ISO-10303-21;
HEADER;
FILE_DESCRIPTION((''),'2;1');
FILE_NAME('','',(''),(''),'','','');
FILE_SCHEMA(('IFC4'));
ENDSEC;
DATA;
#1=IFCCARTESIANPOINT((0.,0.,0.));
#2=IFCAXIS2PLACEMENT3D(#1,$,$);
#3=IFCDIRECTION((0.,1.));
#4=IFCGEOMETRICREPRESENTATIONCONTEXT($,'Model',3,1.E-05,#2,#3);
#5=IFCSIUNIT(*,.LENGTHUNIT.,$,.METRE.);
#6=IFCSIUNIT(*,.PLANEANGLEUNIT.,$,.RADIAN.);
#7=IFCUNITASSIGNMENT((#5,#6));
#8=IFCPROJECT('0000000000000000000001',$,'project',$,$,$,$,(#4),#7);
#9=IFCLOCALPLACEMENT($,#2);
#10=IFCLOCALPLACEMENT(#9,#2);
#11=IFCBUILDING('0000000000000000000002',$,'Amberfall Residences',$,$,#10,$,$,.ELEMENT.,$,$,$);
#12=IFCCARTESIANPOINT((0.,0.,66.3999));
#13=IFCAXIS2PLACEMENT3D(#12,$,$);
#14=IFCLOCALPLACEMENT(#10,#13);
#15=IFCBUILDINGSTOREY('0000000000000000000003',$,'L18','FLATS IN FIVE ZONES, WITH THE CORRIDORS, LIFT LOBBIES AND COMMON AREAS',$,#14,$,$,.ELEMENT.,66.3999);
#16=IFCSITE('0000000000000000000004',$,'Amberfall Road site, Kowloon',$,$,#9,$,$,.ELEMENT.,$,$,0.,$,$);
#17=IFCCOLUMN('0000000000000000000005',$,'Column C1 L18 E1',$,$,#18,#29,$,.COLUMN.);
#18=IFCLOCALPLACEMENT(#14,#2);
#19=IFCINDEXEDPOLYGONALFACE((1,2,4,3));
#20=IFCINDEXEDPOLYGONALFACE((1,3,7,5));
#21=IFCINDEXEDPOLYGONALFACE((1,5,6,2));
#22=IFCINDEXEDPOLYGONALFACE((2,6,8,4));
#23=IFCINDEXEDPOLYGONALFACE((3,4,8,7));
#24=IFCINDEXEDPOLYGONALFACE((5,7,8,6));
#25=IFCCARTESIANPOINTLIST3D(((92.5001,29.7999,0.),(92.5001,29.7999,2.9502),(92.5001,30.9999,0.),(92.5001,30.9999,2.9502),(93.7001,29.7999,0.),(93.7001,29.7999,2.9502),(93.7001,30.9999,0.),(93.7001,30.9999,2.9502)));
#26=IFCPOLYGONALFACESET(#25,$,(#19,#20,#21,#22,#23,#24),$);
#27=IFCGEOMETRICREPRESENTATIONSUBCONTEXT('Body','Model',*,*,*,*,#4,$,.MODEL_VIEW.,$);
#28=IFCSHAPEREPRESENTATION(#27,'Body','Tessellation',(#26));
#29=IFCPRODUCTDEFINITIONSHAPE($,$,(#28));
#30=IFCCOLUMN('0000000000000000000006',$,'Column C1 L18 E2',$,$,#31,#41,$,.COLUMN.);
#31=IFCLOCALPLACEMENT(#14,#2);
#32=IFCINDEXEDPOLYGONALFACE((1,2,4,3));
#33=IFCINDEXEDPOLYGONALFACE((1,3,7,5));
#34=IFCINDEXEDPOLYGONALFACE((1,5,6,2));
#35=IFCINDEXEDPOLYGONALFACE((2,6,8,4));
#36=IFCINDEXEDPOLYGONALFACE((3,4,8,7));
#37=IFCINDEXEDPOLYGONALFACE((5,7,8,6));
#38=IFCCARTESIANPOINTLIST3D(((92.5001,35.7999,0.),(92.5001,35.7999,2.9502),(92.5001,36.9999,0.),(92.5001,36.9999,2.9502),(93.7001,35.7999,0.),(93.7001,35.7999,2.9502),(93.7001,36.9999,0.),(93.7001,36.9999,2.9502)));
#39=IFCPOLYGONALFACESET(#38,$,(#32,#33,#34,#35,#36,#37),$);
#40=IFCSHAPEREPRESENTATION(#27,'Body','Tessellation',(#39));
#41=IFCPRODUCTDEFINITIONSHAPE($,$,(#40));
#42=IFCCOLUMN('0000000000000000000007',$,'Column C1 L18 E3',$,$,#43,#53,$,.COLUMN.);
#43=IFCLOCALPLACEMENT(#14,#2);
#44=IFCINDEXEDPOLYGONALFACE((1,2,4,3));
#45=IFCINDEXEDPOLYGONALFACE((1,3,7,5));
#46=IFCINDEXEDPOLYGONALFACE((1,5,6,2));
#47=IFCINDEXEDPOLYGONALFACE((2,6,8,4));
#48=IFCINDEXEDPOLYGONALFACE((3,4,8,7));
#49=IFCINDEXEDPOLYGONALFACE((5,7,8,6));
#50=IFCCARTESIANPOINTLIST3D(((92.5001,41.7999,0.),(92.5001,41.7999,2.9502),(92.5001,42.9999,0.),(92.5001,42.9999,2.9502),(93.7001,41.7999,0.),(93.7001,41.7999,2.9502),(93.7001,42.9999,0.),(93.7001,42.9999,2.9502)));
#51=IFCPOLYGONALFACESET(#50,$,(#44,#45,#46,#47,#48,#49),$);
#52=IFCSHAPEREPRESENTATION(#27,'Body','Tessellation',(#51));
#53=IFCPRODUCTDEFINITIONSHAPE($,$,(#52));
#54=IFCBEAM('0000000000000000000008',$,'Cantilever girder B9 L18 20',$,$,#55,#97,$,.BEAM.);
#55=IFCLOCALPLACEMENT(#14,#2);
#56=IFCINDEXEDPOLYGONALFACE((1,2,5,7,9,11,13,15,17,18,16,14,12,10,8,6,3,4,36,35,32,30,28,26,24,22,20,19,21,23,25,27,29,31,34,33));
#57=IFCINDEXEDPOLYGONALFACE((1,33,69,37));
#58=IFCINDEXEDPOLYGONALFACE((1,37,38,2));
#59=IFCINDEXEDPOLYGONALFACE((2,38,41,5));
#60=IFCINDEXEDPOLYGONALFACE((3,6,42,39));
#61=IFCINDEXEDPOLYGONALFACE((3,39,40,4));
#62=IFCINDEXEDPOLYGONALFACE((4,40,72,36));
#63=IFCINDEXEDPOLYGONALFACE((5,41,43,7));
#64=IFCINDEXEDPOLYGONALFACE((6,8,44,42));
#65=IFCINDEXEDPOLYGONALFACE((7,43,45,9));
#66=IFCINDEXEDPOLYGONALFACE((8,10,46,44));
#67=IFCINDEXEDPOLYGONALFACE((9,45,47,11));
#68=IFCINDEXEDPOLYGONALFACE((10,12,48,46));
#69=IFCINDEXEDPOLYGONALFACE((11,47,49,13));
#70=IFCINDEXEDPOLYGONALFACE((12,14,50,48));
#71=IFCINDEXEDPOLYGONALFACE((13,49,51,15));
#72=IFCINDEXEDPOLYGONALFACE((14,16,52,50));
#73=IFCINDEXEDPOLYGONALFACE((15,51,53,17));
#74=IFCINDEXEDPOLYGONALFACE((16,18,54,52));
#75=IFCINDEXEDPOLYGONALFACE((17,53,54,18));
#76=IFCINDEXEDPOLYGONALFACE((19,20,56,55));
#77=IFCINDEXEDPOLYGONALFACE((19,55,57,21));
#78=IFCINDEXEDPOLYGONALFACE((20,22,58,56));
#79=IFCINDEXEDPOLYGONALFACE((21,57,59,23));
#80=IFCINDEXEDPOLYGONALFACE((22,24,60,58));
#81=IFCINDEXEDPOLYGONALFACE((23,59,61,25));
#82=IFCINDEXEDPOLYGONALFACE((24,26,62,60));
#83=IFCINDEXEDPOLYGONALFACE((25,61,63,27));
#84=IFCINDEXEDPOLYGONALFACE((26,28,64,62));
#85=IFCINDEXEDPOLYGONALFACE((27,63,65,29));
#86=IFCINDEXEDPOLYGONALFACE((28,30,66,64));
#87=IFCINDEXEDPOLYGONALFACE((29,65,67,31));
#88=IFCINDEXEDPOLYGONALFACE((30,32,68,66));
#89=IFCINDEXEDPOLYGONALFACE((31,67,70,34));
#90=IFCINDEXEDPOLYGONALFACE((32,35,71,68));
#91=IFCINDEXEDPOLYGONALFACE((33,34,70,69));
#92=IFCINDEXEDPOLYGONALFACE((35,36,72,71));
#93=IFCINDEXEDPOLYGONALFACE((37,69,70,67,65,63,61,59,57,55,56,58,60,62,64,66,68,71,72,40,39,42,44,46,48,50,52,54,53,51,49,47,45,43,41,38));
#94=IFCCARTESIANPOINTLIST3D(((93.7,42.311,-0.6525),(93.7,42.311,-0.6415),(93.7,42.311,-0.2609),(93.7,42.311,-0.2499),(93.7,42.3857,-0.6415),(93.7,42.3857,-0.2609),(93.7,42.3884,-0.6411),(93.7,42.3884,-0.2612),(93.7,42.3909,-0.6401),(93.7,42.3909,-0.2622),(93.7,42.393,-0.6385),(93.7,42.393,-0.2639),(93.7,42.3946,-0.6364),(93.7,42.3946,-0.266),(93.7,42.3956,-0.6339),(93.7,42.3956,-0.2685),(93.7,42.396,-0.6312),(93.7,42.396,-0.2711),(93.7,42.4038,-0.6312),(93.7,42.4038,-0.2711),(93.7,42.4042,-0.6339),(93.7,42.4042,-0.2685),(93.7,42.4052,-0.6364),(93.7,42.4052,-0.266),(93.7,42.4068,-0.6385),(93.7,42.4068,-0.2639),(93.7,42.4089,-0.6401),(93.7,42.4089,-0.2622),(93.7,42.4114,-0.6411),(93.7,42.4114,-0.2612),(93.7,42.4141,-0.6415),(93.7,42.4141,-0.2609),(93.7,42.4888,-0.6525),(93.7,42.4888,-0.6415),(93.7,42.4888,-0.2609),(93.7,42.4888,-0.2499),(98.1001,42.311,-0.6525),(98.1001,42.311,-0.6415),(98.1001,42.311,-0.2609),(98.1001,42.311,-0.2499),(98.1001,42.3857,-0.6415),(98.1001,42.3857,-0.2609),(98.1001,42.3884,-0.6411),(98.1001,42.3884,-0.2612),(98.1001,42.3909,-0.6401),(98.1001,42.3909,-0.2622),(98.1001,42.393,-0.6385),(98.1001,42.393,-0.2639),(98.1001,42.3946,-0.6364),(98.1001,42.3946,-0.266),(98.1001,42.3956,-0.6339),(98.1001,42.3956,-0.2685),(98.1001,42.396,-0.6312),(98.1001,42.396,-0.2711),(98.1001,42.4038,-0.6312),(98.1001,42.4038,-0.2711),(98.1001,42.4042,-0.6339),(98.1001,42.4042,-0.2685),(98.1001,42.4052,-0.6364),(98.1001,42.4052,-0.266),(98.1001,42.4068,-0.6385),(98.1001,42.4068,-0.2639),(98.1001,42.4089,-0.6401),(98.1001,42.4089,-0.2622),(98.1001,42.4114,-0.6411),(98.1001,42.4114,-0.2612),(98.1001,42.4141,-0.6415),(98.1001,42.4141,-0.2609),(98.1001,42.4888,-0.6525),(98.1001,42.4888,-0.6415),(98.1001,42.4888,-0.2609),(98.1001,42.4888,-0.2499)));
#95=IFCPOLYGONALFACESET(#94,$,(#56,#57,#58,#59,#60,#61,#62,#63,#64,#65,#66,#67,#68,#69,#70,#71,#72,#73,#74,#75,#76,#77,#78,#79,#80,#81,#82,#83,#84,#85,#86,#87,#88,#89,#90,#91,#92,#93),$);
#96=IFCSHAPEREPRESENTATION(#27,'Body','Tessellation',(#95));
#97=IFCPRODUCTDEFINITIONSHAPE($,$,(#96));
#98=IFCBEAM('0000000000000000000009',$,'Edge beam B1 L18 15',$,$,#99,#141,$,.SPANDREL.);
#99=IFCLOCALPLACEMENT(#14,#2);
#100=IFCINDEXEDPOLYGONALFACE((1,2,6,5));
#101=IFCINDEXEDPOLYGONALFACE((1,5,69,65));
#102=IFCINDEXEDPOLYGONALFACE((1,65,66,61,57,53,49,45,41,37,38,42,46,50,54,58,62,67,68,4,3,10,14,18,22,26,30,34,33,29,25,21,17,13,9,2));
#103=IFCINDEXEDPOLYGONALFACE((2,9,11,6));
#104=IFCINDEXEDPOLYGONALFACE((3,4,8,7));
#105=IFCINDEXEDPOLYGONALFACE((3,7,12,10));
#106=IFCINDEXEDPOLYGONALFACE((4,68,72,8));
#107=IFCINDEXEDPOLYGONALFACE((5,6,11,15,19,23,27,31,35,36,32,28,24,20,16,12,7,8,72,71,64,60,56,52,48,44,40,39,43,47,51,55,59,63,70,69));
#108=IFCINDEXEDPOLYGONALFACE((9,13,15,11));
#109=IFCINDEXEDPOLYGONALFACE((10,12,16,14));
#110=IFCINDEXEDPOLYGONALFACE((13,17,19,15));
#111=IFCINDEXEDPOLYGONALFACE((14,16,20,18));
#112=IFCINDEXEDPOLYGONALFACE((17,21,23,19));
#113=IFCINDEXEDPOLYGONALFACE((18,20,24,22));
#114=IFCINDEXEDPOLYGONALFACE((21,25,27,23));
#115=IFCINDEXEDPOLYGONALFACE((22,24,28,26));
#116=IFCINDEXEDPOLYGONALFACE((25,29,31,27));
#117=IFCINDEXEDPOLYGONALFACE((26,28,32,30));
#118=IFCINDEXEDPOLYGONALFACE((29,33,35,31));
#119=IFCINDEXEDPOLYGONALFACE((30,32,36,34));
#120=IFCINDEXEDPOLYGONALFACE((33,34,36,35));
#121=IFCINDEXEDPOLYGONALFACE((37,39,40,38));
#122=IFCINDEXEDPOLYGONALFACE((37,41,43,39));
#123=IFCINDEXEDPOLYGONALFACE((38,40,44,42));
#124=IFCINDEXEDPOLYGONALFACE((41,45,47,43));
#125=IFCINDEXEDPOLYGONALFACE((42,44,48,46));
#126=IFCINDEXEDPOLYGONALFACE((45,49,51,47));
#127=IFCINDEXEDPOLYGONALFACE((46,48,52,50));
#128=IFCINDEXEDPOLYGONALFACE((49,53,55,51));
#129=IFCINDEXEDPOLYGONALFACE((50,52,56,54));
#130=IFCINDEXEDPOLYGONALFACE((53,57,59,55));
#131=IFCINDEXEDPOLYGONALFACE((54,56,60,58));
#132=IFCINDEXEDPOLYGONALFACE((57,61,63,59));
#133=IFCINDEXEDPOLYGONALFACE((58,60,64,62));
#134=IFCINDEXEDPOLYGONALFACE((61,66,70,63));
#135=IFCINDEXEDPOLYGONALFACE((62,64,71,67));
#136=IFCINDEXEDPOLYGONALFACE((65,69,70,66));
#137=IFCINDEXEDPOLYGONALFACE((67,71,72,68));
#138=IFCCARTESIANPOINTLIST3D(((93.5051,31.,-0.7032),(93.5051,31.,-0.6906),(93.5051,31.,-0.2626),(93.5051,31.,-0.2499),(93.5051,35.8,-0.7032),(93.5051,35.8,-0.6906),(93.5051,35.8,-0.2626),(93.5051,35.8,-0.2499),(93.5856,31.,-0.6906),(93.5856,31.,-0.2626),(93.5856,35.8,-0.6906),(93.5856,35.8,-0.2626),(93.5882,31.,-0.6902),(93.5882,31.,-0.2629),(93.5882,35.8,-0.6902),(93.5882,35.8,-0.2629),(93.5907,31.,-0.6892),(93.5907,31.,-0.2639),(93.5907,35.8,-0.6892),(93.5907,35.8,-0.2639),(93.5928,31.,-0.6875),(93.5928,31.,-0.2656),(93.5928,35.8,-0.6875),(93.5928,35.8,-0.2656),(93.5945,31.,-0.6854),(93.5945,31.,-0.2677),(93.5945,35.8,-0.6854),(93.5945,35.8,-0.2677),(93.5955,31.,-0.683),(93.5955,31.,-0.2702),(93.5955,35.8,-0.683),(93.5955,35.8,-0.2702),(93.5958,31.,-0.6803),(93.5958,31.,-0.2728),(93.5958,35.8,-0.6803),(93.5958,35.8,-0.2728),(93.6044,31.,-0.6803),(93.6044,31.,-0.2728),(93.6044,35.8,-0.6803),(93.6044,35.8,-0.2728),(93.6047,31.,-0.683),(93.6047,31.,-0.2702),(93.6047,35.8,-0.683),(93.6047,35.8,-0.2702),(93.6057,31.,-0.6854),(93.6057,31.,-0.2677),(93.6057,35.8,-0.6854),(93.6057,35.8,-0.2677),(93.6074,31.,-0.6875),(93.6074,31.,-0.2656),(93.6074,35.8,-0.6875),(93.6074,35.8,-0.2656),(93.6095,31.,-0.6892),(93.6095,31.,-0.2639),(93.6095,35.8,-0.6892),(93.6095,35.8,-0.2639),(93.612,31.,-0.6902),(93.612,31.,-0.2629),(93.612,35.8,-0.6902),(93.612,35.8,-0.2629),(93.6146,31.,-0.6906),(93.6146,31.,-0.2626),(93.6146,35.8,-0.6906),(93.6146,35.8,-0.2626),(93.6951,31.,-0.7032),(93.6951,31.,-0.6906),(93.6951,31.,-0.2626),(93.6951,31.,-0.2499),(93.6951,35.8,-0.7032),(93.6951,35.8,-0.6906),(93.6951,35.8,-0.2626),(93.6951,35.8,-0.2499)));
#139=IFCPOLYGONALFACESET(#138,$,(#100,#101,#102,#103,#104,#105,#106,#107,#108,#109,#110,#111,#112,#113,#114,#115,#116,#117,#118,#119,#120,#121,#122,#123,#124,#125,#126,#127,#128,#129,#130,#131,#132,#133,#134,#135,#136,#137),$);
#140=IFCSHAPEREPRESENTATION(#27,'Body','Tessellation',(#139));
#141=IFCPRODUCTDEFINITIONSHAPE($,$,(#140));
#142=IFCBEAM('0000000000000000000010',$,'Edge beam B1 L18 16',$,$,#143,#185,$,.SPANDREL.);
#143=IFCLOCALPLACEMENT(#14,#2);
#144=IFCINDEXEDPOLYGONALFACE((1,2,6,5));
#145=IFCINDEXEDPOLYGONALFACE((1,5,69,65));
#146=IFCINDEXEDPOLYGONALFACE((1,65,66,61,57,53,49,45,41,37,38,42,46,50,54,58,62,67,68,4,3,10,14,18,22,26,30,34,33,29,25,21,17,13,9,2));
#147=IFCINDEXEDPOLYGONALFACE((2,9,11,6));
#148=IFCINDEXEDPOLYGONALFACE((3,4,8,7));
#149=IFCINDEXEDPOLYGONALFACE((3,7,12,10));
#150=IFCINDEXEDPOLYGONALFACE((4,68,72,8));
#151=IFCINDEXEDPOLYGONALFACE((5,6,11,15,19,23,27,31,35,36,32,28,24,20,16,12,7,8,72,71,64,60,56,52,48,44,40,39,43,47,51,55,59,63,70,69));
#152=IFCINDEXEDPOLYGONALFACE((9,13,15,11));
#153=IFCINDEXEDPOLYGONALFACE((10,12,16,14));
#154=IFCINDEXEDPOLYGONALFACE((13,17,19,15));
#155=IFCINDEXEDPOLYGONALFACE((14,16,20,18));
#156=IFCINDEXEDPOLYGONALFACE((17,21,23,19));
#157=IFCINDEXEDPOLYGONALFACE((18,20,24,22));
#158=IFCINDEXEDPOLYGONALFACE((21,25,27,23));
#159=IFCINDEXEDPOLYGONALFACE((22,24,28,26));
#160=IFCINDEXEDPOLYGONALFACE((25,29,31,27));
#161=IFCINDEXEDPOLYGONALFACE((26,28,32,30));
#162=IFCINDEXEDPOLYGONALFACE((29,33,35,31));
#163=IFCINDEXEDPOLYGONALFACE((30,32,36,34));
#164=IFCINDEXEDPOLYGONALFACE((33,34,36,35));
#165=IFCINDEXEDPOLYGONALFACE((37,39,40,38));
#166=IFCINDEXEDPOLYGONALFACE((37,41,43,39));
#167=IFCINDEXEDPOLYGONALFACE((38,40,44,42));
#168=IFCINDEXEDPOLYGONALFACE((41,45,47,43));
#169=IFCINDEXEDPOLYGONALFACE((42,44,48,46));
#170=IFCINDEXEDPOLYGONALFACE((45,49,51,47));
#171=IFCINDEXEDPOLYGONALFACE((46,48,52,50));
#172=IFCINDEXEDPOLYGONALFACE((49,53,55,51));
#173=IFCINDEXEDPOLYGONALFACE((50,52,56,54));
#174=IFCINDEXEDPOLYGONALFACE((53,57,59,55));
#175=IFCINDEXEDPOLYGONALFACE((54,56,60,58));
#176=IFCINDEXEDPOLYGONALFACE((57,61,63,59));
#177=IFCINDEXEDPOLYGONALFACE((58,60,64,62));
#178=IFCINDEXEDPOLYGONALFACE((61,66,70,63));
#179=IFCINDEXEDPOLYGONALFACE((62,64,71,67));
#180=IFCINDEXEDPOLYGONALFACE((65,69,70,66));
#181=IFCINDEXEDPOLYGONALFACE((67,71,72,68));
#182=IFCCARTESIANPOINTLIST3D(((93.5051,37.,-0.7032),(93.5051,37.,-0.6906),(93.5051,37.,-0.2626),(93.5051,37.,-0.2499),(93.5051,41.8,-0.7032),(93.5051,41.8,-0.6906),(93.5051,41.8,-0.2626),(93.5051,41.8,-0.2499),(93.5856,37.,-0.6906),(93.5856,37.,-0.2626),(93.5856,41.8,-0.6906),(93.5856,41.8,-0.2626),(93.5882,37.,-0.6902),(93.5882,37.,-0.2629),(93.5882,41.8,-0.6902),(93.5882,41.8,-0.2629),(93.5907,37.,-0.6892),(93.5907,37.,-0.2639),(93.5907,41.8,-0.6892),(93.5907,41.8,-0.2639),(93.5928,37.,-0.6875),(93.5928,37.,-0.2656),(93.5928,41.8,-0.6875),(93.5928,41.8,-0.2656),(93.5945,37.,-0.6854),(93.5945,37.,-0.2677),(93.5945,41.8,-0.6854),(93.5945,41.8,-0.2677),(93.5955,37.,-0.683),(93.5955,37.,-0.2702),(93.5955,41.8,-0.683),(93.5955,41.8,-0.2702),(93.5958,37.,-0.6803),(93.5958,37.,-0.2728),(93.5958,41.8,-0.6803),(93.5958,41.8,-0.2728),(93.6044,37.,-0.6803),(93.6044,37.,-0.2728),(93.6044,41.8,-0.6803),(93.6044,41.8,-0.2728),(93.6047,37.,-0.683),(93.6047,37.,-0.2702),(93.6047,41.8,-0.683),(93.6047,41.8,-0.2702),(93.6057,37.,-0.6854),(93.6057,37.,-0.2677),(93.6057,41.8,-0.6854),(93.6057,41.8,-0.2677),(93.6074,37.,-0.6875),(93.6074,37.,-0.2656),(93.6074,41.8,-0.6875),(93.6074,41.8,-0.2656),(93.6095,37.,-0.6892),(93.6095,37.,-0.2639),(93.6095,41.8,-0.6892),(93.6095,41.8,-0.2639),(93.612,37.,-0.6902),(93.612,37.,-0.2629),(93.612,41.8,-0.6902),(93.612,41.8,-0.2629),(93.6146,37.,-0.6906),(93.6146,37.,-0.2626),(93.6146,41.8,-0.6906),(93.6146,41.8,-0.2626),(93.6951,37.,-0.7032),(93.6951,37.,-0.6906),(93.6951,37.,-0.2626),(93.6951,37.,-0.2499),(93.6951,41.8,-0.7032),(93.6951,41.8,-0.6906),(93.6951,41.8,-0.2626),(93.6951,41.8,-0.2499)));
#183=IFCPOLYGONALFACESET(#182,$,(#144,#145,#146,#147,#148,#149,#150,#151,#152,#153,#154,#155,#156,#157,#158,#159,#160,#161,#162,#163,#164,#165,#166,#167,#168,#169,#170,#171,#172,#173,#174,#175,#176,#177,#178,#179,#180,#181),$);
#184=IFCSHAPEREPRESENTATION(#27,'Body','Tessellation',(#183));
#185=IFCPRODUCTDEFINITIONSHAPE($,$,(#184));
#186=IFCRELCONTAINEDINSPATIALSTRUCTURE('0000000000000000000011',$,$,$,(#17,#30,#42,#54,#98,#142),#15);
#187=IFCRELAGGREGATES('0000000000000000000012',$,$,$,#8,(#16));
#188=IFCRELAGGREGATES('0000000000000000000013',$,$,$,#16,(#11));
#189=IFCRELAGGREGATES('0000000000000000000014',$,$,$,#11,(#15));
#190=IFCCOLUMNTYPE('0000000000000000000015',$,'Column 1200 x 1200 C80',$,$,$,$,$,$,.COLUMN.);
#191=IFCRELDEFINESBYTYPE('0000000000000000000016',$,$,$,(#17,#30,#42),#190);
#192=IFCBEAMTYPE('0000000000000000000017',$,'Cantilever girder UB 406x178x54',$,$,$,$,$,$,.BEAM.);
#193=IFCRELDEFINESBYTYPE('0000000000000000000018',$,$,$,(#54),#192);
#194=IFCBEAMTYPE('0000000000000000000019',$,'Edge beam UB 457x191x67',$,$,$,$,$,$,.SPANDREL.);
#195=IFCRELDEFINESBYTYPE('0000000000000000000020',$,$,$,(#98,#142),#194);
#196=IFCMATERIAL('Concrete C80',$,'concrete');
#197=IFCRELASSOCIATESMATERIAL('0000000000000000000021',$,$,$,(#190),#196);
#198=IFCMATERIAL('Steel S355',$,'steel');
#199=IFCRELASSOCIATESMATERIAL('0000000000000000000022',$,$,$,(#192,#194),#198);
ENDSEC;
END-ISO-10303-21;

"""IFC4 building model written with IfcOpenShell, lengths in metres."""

from ifc_helpers import new_model, si_unit, direction, frame, origin, origin_2d, place, context, subcontext, project, spatial, rectangle, i_section, extrude, material, material_profile, profile_set, type_object, element, save


model = new_model("IFC4")

# Units and contexts
model_context = context("Model", 3, precision=1e-05, world=origin(), true_north=direction((0.0, 1.0)))
body_context = subcontext(model_context, "Body", "Model", "MODEL_VIEW")
ifc_project = project(units=[si_unit("LENGTHUNIT", "METRE"), si_unit("PLANEANGLEUNIT", "RADIAN")], contexts=[model_context])

# Site, building, storey
site_placement = place(None, origin())
site = spatial("IfcSite", under=ifc_project, at=site_placement, Name="Amberfall Road site, Kowloon", CompositionType="ELEMENT", RefElevation=0.0)
building_placement = place(site_placement, origin())
building = spatial("IfcBuilding", under=site, at=building_placement, Name="Amberfall Residences", CompositionType="ELEMENT")
storey_placement = place(building_placement, frame((0.0, 0.0, 66.3999)))
storey = spatial("IfcBuildingStorey", under=building, at=storey_placement, Name="L18", Description="FLATS IN FIVE ZONES, WITH THE CORRIDORS, LIFT LOBBIES AND COMMON AREAS", CompositionType="ELEMENT", Elevation=66.3999)

# Columns
ifc_material_1 = material(Name="Concrete C80", Category="concrete")
ifc_material_profile_1 = material_profile(ifc_material_1, rectangle(XDim=1.2, YDim=1.2, at=origin_2d()), Name="Column 1200 x 1200 C80")
ifc_profile_set_1 = profile_set([ifc_material_profile_1], Name="Concrete C80")
column_type = type_object("IfcColumnType", Name="Column 1200 x 1200 C80", PredefinedType="COLUMN", material=ifc_profile_set_1)
for number, where, z_axis, x_axis, name in (
    (1, (93.1001, 30.3999, 0.0), (0.0, 0.0, 1.0), (1.0, 0.0, 0.0), "Column C1 L18 E1"),
    (2, (93.1001, 36.3999, 0.0), (0.0, 0.0, 1.0), (1.0, 0.0, 0.0), "Column C1 L18 E2"),
    (3, (93.1001, 42.3999, 0.0), (0.0, 0.0, 1.0), (1.0, 0.0, 0.0), "Column C1 L18 E3"),
):
    element("IfcColumn", number, at=place(storey_placement, frame(where, z_axis=z_axis, x_axis=x_axis)), inside=storey, type_object=column_type, Name=name, PredefinedType="COLUMN", context=body_context, shape_type="SweptSolid", body=[
        extrude(rectangle(XDim=1.2, YDim=1.2, at=origin_2d()), origin(), (0.0, 0.0, 1.0), 2.9502),
    ])

# Beams
ifc_material_2 = material(Name="Steel S355", Category="steel")
ifc_material_profile_2 = material_profile(ifc_material_2, i_section(OverallWidth=0.1777, OverallDepth=0.4026, WebThickness=0.0078, FlangeThickness=0.011, FilletRadius=0.0103, at=origin_2d()), Name="UB 406x178x54")
ifc_profile_set_2 = profile_set([ifc_material_profile_2], Name="Steel S355")
beam_type_1 = type_object("IfcBeamType", Name="Cantilever girder UB 406x178x54", PredefinedType="BEAM", material=ifc_profile_set_2)
beam_1_placement = place(storey_placement, frame((93.7, 42.3999, -0.4512), z_axis=(1.0, 0.0, 0.0), x_axis=(0.0, 1.0, 0.0)))
element("IfcBeam", 4, at=beam_1_placement, inside=storey, type_object=beam_type_1, Name="Cantilever girder B9 L18 20", PredefinedType="BEAM", context=body_context, shape_type="SweptSolid", body=[
    extrude(i_section(OverallWidth=0.1777, OverallDepth=0.4026, WebThickness=0.0078, FlangeThickness=0.011, FilletRadius=0.0103, at=origin_2d()), origin(), (0.0, 0.0, 1.0), 4.4001),
])
ifc_material_profile_3 = material_profile(ifc_material_2, i_section(OverallWidth=0.1899, OverallDepth=0.4534, WebThickness=0.0085, FlangeThickness=0.0127, FilletRadius=0.0103, at=origin_2d()), Name="UB 457x191x67")
ifc_profile_set_3 = profile_set([ifc_material_profile_3], Name="Steel S355")
beam_type_2 = type_object("IfcBeamType", Name="Edge beam UB 457x191x67", PredefinedType="SPANDREL", material=ifc_profile_set_3)
for number, where, z_axis, x_axis, name in (
    (5, (93.6001, 31.0, -0.4766), (0.0, 1.0, 0.0), (-1.0, 0.0, 0.0), "Edge beam B1 L18 15"),
    (6, (93.6001, 37.0, -0.4766), (0.0, 1.0, 0.0), (-1.0, 0.0, 0.0), "Edge beam B1 L18 16"),
):
    element("IfcBeam", number, at=place(storey_placement, frame(where, z_axis=z_axis, x_axis=x_axis)), inside=storey, type_object=beam_type_2, Name=name, PredefinedType="SPANDREL", context=body_context, shape_type="SweptSolid", body=[
        extrude(i_section(OverallWidth=0.1899, OverallDepth=0.4534, WebThickness=0.0085, FlangeThickness=0.0127, FilletRadius=0.0103, at=origin_2d()), origin(), (0.0, 0.0, 1.0), 4.8),
    ])

save(model, "model.ifc")
